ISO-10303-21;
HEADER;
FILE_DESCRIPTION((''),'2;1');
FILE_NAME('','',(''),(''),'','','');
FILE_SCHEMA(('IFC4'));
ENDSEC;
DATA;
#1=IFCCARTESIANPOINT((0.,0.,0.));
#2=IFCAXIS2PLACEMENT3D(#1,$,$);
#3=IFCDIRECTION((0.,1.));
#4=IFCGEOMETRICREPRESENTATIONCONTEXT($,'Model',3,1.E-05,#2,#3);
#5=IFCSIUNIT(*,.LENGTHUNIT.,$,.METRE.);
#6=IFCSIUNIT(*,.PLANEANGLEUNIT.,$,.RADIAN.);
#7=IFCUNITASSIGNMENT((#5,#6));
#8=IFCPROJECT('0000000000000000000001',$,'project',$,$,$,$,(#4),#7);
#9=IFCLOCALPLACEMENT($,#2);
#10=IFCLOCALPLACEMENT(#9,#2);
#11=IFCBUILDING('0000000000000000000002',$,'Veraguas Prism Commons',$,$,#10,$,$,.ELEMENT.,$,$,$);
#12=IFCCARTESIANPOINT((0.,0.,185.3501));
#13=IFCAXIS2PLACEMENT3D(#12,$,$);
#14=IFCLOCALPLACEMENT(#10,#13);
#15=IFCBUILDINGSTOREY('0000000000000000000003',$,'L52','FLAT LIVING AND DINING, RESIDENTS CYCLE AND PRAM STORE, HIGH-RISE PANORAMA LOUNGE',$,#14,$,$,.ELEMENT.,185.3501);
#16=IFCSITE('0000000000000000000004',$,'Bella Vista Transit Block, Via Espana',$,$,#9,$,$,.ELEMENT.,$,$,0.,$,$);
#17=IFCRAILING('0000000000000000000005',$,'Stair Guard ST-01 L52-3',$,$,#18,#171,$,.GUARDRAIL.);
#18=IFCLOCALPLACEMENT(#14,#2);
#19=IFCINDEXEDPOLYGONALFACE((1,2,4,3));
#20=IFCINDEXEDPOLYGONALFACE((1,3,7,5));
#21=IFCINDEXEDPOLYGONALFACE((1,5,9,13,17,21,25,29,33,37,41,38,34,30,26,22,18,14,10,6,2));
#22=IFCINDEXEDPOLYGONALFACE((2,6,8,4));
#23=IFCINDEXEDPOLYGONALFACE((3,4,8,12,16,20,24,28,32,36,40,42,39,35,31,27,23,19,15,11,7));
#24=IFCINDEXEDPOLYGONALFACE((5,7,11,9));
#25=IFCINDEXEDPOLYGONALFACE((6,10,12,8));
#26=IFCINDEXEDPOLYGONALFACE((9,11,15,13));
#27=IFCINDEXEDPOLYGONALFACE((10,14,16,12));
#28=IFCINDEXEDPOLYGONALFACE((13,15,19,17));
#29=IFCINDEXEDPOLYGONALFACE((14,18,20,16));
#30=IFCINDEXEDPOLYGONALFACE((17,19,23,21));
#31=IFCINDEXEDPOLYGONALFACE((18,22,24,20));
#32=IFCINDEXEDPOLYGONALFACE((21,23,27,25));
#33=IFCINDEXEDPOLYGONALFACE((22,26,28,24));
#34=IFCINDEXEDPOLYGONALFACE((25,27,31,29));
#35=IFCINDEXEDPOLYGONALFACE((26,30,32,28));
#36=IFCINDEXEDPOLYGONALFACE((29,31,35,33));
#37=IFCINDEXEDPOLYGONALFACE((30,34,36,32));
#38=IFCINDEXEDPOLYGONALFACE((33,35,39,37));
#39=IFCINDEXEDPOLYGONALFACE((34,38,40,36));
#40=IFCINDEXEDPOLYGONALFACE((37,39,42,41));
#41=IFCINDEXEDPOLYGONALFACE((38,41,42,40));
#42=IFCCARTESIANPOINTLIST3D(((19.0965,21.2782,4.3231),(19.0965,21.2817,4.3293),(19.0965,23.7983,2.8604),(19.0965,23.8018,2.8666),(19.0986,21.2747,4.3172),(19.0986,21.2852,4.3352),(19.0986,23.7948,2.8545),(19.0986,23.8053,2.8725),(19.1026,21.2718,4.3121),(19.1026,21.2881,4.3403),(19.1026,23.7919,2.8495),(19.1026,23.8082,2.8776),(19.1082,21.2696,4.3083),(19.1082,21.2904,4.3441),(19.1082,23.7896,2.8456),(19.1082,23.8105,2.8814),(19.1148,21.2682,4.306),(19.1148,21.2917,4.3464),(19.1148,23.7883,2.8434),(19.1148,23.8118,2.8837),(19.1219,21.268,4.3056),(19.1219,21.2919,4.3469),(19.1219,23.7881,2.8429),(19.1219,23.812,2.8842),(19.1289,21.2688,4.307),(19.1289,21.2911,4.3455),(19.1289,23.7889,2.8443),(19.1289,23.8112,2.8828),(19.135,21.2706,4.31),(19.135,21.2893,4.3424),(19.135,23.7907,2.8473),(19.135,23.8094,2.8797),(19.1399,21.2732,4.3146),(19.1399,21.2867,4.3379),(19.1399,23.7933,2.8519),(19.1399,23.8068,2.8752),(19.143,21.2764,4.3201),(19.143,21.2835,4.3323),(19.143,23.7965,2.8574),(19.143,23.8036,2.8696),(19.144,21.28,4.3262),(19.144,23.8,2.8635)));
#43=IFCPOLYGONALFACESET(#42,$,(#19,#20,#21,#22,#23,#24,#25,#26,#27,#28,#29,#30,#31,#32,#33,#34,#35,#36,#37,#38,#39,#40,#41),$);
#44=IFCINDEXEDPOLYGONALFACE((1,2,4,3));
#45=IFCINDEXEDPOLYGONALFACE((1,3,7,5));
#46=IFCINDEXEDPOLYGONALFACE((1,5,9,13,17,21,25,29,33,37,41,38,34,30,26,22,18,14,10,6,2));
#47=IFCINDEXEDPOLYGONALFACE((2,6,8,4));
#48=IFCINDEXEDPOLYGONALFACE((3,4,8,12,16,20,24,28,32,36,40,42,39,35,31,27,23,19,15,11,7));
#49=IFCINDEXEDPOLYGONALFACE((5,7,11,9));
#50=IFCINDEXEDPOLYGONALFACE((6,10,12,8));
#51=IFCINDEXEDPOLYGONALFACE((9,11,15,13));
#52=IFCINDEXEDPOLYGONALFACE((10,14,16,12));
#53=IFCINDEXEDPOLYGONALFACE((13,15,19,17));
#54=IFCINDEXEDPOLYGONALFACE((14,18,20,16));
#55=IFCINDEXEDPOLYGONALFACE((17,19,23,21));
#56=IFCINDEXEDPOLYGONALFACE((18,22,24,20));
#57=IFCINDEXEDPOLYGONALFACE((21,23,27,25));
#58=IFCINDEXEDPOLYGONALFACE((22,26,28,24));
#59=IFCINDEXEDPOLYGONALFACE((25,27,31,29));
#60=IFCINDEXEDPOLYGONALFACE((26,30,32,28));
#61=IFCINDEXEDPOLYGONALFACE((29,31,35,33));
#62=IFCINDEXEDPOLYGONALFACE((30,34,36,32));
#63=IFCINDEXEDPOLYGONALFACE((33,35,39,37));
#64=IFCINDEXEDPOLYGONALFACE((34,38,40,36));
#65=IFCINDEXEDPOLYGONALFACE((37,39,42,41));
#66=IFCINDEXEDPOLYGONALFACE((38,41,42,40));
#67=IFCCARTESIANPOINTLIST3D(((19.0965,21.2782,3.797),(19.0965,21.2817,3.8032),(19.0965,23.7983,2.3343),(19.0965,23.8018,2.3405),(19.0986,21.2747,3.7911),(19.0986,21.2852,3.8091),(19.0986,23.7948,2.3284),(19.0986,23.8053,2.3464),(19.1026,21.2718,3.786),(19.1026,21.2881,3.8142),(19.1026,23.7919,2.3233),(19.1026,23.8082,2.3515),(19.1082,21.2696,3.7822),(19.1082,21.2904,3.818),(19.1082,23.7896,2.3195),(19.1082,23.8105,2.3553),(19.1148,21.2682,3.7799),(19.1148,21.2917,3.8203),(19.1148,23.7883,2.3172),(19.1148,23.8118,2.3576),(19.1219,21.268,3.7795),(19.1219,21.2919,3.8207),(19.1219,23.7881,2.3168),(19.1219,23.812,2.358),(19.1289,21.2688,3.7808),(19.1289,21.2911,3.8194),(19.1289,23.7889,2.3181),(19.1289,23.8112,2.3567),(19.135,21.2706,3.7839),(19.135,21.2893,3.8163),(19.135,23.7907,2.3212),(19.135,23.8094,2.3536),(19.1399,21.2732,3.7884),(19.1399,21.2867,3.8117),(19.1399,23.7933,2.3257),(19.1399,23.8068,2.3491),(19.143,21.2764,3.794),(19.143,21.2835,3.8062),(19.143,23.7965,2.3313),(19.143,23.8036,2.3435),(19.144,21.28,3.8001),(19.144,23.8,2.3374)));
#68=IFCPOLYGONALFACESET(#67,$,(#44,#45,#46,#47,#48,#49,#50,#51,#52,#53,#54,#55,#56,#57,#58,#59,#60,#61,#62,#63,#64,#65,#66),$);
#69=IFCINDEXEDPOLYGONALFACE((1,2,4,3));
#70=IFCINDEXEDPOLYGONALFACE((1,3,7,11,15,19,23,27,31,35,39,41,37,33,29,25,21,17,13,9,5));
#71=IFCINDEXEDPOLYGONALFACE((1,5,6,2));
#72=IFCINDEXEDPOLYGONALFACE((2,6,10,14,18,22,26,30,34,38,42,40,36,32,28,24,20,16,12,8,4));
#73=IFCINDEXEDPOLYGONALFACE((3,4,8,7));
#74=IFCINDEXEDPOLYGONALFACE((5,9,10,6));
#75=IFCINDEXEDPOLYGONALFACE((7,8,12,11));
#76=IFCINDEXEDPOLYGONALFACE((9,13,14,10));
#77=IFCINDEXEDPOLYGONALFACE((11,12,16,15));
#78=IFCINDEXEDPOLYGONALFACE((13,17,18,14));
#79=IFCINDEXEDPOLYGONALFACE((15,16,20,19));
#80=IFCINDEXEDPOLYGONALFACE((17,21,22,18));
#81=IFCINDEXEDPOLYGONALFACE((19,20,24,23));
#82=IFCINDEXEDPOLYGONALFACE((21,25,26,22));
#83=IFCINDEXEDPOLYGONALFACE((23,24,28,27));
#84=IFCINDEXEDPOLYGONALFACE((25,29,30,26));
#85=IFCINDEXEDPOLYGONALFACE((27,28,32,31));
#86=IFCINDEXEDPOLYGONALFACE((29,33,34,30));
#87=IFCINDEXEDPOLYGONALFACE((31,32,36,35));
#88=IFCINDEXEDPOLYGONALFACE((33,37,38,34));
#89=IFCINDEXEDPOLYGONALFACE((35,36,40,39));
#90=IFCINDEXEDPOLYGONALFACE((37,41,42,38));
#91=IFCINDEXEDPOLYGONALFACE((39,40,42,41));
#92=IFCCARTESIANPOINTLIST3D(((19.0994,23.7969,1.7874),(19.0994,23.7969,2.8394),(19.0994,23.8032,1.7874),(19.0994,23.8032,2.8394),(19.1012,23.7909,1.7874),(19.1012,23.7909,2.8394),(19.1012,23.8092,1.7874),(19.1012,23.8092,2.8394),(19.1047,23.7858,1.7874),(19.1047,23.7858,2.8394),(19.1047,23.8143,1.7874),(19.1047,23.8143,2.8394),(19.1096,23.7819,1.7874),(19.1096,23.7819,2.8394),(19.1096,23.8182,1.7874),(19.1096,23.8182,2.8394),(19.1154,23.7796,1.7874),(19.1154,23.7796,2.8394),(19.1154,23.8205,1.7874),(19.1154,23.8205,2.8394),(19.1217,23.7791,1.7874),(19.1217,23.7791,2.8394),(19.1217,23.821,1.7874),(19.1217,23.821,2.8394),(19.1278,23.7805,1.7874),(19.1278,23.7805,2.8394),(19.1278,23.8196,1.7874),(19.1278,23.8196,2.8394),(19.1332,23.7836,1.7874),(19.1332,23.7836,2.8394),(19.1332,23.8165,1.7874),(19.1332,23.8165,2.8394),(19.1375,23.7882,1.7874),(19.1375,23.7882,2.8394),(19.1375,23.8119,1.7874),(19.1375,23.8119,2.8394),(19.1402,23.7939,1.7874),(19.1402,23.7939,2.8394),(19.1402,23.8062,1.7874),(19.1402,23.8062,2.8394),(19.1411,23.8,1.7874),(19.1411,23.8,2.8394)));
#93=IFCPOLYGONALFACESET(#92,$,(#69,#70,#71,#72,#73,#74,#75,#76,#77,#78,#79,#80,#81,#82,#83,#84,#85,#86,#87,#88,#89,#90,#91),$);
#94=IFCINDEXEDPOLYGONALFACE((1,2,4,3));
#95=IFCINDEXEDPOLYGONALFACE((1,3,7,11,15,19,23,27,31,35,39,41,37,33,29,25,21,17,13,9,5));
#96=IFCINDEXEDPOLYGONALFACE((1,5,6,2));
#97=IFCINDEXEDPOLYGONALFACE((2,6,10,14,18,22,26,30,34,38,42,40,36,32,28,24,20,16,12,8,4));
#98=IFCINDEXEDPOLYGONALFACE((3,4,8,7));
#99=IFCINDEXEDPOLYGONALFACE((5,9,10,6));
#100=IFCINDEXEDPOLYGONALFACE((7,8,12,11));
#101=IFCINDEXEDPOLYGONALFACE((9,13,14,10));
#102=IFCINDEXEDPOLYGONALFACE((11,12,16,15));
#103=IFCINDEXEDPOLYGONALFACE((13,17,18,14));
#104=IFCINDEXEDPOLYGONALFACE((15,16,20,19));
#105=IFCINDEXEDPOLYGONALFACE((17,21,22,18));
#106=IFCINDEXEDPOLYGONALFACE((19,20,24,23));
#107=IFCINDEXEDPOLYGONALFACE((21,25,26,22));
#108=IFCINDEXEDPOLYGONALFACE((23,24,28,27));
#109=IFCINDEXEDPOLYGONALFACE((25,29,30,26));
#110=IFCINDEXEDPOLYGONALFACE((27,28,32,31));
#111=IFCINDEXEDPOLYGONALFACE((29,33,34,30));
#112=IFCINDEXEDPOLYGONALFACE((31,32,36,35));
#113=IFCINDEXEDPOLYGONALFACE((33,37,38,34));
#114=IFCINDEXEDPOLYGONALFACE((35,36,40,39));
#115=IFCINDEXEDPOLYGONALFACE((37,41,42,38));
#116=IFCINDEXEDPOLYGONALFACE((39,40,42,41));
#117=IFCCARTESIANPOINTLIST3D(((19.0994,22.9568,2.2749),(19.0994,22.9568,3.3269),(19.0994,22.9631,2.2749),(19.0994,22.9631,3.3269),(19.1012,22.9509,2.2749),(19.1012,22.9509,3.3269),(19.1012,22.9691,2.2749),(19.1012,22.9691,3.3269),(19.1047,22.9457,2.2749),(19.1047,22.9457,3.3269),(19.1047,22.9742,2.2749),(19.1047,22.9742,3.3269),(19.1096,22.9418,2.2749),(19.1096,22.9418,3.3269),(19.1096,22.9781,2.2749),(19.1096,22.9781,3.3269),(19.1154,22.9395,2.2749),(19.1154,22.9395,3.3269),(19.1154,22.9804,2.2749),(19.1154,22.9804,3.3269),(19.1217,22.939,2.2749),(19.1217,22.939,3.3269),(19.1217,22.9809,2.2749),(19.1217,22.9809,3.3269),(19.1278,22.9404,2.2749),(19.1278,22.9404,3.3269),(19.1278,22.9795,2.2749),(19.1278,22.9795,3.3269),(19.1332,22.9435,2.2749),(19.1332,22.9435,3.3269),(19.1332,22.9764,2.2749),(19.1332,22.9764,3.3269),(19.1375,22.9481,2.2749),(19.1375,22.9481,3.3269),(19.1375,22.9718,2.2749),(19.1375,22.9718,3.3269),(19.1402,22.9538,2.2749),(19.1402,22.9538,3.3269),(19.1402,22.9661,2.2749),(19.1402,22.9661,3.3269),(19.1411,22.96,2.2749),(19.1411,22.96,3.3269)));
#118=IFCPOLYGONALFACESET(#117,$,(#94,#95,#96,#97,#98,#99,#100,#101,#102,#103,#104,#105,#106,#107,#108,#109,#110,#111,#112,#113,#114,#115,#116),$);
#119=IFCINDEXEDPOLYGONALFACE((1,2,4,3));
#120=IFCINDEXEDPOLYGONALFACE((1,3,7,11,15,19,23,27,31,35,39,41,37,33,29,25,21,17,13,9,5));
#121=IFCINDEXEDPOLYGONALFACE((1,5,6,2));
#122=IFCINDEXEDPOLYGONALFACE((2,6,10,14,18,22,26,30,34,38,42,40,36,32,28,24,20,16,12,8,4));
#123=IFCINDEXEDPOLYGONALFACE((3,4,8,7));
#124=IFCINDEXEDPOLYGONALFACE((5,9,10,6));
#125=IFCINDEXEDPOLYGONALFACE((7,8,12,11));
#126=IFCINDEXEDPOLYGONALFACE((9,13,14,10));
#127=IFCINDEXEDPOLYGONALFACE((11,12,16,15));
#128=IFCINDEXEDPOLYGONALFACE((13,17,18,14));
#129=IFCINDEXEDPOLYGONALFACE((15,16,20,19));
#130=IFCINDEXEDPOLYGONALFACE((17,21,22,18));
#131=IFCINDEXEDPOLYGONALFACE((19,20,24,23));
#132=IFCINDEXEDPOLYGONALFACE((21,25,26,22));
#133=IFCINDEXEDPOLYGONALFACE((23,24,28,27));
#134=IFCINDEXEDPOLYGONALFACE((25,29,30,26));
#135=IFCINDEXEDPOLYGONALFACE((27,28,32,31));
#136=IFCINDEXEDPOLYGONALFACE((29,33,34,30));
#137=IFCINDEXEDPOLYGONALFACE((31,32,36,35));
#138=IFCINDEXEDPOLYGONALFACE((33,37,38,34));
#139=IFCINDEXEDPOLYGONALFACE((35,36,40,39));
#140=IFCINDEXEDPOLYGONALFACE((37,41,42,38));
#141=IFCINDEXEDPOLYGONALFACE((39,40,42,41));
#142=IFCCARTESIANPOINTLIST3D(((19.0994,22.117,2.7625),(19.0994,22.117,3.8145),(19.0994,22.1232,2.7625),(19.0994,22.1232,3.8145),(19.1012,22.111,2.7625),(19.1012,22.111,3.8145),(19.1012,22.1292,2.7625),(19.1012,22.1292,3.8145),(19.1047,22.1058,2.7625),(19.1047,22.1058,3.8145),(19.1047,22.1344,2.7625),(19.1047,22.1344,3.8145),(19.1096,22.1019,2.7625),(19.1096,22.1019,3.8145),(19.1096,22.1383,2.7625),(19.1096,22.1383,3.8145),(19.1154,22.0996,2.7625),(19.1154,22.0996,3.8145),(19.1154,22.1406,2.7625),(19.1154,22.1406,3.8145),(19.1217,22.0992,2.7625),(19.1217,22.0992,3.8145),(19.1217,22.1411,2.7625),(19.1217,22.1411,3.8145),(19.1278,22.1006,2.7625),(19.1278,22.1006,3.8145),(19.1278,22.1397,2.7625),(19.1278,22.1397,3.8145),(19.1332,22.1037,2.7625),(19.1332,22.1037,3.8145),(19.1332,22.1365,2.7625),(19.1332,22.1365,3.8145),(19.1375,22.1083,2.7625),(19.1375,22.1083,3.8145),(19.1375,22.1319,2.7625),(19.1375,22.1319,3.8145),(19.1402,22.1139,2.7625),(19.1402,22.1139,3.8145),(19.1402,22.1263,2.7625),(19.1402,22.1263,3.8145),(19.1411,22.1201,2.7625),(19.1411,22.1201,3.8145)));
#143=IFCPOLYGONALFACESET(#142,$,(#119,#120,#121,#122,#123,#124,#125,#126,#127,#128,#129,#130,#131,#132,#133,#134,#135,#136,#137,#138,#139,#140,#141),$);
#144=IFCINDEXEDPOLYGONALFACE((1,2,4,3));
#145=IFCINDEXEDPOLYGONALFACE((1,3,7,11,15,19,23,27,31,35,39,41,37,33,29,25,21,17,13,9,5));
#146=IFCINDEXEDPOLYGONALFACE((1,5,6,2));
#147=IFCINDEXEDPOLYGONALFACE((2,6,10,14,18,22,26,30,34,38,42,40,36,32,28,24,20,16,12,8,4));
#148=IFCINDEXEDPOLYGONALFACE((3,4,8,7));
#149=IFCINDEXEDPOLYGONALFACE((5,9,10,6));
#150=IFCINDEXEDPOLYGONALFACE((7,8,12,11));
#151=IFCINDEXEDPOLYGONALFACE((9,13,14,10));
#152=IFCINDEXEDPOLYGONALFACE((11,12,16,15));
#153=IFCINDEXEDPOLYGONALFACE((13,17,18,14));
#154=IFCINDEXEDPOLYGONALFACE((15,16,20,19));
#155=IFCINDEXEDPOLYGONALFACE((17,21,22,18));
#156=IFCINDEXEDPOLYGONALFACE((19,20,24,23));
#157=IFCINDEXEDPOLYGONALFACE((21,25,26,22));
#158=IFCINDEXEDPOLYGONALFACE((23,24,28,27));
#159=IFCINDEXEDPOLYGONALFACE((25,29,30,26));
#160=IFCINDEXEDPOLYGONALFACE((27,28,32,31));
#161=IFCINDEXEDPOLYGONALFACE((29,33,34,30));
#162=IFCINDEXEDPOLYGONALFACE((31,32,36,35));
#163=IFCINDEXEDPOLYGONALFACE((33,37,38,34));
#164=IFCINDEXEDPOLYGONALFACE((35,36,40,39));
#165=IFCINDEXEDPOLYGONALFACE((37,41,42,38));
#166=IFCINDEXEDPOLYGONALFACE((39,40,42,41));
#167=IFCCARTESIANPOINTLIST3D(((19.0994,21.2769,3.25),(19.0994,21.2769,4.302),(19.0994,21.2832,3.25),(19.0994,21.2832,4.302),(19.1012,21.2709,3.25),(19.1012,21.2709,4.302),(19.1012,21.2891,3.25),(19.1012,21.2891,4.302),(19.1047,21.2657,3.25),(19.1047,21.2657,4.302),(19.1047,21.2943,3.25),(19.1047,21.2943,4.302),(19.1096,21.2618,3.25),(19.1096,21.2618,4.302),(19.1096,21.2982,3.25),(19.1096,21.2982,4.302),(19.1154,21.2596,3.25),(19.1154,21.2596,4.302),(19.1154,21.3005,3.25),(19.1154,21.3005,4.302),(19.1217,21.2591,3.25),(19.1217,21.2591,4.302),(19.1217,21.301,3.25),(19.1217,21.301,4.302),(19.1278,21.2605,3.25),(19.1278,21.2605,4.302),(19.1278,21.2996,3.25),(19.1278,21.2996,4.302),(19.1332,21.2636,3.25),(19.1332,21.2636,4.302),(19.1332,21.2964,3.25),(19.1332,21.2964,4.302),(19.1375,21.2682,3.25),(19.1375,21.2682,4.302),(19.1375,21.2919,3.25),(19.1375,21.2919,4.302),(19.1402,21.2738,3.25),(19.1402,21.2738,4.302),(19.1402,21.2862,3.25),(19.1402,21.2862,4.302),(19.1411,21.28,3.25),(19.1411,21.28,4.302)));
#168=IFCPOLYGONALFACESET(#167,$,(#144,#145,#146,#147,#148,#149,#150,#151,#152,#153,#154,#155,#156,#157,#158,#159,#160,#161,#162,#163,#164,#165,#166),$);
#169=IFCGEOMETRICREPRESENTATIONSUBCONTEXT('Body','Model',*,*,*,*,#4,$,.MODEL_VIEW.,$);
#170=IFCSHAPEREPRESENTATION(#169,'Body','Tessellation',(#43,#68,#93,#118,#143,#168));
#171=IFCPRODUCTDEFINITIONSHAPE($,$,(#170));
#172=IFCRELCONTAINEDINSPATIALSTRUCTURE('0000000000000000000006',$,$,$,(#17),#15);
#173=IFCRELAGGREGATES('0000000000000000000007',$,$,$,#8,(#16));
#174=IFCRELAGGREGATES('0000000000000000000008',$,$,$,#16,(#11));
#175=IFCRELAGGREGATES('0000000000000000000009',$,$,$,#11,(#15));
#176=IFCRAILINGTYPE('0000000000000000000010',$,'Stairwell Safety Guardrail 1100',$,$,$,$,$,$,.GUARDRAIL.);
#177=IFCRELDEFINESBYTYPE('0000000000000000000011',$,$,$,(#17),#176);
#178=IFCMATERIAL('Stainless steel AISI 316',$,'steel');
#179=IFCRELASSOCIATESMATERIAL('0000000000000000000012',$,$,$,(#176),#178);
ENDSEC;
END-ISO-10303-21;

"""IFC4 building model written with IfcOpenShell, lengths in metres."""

from ifc_helpers import new_model, si_unit, direction, frame, origin, origin_2d, place, context, subcontext, project, spatial, circle, extrude, material, type_object, element, save


model = new_model("IFC4")

# Units and contexts
model_context = context("Model", 3, precision=1e-05, world=origin(), true_north=direction((0.0, 1.0)))
body_context = subcontext(model_context, "Body", "Model", "MODEL_VIEW")
ifc_project = project(units=[si_unit("LENGTHUNIT", "METRE"), si_unit("PLANEANGLEUNIT", "RADIAN")], contexts=[model_context])

# Site, building, storey
site_placement = place(None, origin())
site = spatial("IfcSite", under=ifc_project, at=site_placement, Name="Bella Vista Transit Block, Via Espana", CompositionType="ELEMENT", RefElevation=0.0)
building_placement = place(site_placement, origin())
building = spatial("IfcBuilding", under=site, at=building_placement, Name="Veraguas Prism Commons", CompositionType="ELEMENT")
storey_placement = place(building_placement, frame((0.0, 0.0, 185.3501)))
storey = spatial("IfcBuildingStorey", under=building, at=storey_placement, Name="L52", Description="FLAT LIVING AND DINING, RESIDENTS CYCLE AND PRAM STORE, HIGH-RISE PANORAMA LOUNGE", CompositionType="ELEMENT", Elevation=185.3501)

# Railing
ifc_material_1 = material(Name="Stainless steel AISI 316", Category="steel")
railing_type_1 = type_object("IfcRailingType", Name="Stairwell Safety Guardrail 1100", PredefinedType="GUARDRAIL", material=ifc_material_1)
railing_1_placement = place(storey_placement, frame((19.1201, 23.8, 1.7874)))
element("IfcRailing", 1, at=railing_1_placement, inside=storey, type_object=railing_type_1, Name="Stair Guard ST-01 L52-3", PredefinedType="GUARDRAIL", context=body_context, shape_type="SweptSolid", body=[
    extrude(circle(Radius=0.0239, at=origin_2d()), frame((0.0, 0.0, 1.0762), z_axis=(0.0, -0.864877, 0.501984), x_axis=(1.0, 0.0, 0.0)), (0.0, 0.0, 1.0), 2.9138),
    extrude(circle(Radius=0.0239, at=origin_2d()), frame((0.0, 0.0, 0.55), z_axis=(0.0, -0.864877, 0.501984), x_axis=(1.0, 0.0, 0.0)), (0.0, 0.0, 1.0), 2.9138),
    extrude(circle(Radius=0.021, at=origin_2d()), origin(), (0.0, 0.0, 1.0), 1.052),
    extrude(circle(Radius=0.021, at=origin_2d()), frame((0.0, -0.8401, 0.4875)), (0.0, 0.0, 1.0), 1.052),
    extrude(circle(Radius=0.021, at=origin_2d()), frame((0.0, -1.6799, 0.9751)), (0.0, 0.0, 1.0), 1.052),
    extrude(circle(Radius=0.021, at=origin_2d()), frame((0.0, -2.52, 1.4626)), (0.0, 0.0, 1.0), 1.052),
])

save(model, "model.ifc")
